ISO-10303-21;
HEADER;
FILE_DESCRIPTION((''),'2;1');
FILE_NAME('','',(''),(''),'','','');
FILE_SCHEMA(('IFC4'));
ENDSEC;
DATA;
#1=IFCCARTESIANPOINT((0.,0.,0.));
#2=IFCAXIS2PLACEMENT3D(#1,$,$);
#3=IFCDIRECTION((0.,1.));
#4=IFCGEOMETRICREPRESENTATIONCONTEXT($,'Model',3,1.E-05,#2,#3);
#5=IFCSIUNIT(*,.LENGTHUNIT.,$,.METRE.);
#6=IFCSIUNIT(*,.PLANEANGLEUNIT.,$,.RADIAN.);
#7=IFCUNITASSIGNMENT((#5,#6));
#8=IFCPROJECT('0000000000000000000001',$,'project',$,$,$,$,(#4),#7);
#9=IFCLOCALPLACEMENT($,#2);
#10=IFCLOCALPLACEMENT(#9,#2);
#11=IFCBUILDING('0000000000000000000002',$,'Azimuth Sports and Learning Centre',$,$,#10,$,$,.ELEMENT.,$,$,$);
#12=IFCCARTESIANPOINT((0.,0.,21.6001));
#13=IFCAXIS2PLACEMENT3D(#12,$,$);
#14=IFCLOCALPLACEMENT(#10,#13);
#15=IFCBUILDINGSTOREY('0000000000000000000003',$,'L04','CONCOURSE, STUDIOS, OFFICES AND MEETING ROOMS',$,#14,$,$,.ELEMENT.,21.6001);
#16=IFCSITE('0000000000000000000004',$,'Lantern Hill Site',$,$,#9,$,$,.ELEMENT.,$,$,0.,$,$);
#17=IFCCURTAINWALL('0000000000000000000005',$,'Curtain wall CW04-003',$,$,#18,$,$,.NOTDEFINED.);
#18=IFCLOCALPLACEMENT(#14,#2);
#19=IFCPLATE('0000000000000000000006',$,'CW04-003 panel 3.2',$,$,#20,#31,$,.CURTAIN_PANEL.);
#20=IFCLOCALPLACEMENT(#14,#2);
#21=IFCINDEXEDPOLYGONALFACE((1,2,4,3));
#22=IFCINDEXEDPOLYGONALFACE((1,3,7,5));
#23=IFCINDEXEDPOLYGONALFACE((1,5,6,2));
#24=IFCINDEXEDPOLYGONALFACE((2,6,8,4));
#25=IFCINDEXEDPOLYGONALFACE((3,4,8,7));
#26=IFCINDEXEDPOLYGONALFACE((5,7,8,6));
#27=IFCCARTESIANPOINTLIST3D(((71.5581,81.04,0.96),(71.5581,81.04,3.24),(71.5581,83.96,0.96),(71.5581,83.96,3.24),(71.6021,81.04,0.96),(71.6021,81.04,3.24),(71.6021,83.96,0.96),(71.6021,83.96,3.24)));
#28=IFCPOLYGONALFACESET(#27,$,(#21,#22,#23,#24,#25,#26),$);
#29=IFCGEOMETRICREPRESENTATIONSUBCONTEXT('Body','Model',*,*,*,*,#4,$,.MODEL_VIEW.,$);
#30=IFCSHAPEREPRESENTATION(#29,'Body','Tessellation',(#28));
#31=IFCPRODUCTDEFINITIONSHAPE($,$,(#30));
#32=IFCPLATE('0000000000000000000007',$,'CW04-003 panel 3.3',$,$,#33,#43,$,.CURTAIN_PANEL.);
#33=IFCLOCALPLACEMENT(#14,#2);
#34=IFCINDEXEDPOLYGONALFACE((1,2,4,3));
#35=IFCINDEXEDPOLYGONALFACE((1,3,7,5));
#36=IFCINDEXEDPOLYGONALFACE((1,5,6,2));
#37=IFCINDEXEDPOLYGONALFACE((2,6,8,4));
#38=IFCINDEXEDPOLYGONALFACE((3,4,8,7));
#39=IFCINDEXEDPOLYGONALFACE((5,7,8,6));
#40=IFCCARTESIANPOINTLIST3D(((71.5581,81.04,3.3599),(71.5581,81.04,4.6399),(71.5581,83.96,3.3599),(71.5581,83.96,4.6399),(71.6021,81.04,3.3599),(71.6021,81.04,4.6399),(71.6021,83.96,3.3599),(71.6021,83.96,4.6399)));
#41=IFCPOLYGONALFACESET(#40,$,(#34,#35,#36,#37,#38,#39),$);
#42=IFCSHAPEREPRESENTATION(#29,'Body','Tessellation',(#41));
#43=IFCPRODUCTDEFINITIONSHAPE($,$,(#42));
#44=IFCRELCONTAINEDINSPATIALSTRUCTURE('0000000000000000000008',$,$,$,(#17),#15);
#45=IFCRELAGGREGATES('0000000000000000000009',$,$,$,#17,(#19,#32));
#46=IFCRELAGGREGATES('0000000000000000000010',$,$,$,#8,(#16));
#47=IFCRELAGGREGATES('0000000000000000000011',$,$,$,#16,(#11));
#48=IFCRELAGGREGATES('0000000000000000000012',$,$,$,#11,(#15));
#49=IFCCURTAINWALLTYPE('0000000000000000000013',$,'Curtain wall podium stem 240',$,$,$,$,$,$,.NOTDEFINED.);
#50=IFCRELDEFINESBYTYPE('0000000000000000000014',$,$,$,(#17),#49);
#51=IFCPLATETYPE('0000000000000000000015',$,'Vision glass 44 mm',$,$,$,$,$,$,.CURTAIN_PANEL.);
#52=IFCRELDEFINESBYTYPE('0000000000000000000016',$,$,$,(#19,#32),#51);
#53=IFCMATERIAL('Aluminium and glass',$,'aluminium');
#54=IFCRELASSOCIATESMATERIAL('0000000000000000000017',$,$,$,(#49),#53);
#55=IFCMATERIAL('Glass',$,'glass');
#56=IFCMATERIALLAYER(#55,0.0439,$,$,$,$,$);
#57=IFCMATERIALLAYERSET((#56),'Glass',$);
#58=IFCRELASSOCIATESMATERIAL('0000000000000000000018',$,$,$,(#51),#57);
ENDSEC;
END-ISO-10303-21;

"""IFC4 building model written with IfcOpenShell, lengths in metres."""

from ifc_helpers import new_model, si_unit, direction, frame, origin, origin_2d, place, context, subcontext, project, spatial, rectangle, extrude, material, layer, layer_set, type_object, element, aggregate, save


model = new_model("IFC4")

# Units and contexts
model_context = context("Model", 3, precision=1e-05, world=origin(), true_north=direction((0.0, 1.0)))
body_context = subcontext(model_context, "Body", "Model", "MODEL_VIEW")
ifc_project = project(units=[si_unit("LENGTHUNIT", "METRE"), si_unit("PLANEANGLEUNIT", "RADIAN")], contexts=[model_context])

# Site, building, storey
site_placement = place(None, origin())
site = spatial("IfcSite", under=ifc_project, at=site_placement, Name="Lantern Hill Site", CompositionType="ELEMENT", RefElevation=0.0)
building_placement = place(site_placement, origin())
building = spatial("IfcBuilding", under=site, at=building_placement, Name="Azimuth Sports and Learning Centre", CompositionType="ELEMENT")
storey_placement = place(building_placement, frame((0.0, 0.0, 21.6001)))
storey = spatial("IfcBuildingStorey", under=building, at=storey_placement, Name="L04", Description="CONCOURSE, STUDIOS, OFFICES AND MEETING ROOMS", CompositionType="ELEMENT", Elevation=21.6001)

# Curtain wall, plates
ifc_material_1 = material(Name="Aluminium and glass", Category="aluminium")
curtain_wall_type = type_object("IfcCurtainWallType", Name="Curtain wall podium stem 240", PredefinedType="NOTDEFINED", material=ifc_material_1)
curtain_wall_placement = place(storey_placement, origin())
curtain_wall = element("IfcCurtainWall", 1, at=curtain_wall_placement, inside=storey, type_object=curtain_wall_type, Name="Curtain wall CW04-003", PredefinedType="NOTDEFINED")
ifc_material_2 = material(Name="Glass", Category="glass")
ifc_layer_1 = layer(ifc_material_2, 0.0439)
ifc_layer_set_1 = layer_set([ifc_layer_1], Name="Glass")
plate_type_1 = type_object("IfcPlateType", Name="Vision glass 44 mm", PredefinedType="CURTAIN_PANEL", material=ifc_layer_set_1)
plate_1_placement = place(storey_placement, frame((71.5801, 82.5, 0.96), z_axis=(0.0, 0.0, 1.0), x_axis=(0.0, -1.0, 0.0)))
plate_1 = element("IfcPlate", 2, at=plate_1_placement, type_object=plate_type_1, Name="CW04-003 panel 3.2", PredefinedType="CURTAIN_PANEL", context=body_context, shape_type="SweptSolid", body=[
    extrude(rectangle(XDim=2.9199, YDim=0.0439, at=origin_2d()), origin(), (0.0, 0.0, 1.0), 2.28),
])
plate_2_placement = place(storey_placement, frame((71.5801, 82.5, 3.3599), z_axis=(0.0, 0.0, 1.0), x_axis=(0.0, -1.0, 0.0)))
plate_2 = element("IfcPlate", 3, at=plate_2_placement, type_object=plate_type_1, Name="CW04-003 panel 3.3", PredefinedType="CURTAIN_PANEL", context=body_context, shape_type="SweptSolid", body=[
    extrude(rectangle(XDim=2.9199, YDim=0.0439, at=origin_2d()), origin(), (0.0, 0.0, 1.0), 1.28),
])
aggregate(curtain_wall, [plate_1, plate_2])

save(model, "model.ifc")
